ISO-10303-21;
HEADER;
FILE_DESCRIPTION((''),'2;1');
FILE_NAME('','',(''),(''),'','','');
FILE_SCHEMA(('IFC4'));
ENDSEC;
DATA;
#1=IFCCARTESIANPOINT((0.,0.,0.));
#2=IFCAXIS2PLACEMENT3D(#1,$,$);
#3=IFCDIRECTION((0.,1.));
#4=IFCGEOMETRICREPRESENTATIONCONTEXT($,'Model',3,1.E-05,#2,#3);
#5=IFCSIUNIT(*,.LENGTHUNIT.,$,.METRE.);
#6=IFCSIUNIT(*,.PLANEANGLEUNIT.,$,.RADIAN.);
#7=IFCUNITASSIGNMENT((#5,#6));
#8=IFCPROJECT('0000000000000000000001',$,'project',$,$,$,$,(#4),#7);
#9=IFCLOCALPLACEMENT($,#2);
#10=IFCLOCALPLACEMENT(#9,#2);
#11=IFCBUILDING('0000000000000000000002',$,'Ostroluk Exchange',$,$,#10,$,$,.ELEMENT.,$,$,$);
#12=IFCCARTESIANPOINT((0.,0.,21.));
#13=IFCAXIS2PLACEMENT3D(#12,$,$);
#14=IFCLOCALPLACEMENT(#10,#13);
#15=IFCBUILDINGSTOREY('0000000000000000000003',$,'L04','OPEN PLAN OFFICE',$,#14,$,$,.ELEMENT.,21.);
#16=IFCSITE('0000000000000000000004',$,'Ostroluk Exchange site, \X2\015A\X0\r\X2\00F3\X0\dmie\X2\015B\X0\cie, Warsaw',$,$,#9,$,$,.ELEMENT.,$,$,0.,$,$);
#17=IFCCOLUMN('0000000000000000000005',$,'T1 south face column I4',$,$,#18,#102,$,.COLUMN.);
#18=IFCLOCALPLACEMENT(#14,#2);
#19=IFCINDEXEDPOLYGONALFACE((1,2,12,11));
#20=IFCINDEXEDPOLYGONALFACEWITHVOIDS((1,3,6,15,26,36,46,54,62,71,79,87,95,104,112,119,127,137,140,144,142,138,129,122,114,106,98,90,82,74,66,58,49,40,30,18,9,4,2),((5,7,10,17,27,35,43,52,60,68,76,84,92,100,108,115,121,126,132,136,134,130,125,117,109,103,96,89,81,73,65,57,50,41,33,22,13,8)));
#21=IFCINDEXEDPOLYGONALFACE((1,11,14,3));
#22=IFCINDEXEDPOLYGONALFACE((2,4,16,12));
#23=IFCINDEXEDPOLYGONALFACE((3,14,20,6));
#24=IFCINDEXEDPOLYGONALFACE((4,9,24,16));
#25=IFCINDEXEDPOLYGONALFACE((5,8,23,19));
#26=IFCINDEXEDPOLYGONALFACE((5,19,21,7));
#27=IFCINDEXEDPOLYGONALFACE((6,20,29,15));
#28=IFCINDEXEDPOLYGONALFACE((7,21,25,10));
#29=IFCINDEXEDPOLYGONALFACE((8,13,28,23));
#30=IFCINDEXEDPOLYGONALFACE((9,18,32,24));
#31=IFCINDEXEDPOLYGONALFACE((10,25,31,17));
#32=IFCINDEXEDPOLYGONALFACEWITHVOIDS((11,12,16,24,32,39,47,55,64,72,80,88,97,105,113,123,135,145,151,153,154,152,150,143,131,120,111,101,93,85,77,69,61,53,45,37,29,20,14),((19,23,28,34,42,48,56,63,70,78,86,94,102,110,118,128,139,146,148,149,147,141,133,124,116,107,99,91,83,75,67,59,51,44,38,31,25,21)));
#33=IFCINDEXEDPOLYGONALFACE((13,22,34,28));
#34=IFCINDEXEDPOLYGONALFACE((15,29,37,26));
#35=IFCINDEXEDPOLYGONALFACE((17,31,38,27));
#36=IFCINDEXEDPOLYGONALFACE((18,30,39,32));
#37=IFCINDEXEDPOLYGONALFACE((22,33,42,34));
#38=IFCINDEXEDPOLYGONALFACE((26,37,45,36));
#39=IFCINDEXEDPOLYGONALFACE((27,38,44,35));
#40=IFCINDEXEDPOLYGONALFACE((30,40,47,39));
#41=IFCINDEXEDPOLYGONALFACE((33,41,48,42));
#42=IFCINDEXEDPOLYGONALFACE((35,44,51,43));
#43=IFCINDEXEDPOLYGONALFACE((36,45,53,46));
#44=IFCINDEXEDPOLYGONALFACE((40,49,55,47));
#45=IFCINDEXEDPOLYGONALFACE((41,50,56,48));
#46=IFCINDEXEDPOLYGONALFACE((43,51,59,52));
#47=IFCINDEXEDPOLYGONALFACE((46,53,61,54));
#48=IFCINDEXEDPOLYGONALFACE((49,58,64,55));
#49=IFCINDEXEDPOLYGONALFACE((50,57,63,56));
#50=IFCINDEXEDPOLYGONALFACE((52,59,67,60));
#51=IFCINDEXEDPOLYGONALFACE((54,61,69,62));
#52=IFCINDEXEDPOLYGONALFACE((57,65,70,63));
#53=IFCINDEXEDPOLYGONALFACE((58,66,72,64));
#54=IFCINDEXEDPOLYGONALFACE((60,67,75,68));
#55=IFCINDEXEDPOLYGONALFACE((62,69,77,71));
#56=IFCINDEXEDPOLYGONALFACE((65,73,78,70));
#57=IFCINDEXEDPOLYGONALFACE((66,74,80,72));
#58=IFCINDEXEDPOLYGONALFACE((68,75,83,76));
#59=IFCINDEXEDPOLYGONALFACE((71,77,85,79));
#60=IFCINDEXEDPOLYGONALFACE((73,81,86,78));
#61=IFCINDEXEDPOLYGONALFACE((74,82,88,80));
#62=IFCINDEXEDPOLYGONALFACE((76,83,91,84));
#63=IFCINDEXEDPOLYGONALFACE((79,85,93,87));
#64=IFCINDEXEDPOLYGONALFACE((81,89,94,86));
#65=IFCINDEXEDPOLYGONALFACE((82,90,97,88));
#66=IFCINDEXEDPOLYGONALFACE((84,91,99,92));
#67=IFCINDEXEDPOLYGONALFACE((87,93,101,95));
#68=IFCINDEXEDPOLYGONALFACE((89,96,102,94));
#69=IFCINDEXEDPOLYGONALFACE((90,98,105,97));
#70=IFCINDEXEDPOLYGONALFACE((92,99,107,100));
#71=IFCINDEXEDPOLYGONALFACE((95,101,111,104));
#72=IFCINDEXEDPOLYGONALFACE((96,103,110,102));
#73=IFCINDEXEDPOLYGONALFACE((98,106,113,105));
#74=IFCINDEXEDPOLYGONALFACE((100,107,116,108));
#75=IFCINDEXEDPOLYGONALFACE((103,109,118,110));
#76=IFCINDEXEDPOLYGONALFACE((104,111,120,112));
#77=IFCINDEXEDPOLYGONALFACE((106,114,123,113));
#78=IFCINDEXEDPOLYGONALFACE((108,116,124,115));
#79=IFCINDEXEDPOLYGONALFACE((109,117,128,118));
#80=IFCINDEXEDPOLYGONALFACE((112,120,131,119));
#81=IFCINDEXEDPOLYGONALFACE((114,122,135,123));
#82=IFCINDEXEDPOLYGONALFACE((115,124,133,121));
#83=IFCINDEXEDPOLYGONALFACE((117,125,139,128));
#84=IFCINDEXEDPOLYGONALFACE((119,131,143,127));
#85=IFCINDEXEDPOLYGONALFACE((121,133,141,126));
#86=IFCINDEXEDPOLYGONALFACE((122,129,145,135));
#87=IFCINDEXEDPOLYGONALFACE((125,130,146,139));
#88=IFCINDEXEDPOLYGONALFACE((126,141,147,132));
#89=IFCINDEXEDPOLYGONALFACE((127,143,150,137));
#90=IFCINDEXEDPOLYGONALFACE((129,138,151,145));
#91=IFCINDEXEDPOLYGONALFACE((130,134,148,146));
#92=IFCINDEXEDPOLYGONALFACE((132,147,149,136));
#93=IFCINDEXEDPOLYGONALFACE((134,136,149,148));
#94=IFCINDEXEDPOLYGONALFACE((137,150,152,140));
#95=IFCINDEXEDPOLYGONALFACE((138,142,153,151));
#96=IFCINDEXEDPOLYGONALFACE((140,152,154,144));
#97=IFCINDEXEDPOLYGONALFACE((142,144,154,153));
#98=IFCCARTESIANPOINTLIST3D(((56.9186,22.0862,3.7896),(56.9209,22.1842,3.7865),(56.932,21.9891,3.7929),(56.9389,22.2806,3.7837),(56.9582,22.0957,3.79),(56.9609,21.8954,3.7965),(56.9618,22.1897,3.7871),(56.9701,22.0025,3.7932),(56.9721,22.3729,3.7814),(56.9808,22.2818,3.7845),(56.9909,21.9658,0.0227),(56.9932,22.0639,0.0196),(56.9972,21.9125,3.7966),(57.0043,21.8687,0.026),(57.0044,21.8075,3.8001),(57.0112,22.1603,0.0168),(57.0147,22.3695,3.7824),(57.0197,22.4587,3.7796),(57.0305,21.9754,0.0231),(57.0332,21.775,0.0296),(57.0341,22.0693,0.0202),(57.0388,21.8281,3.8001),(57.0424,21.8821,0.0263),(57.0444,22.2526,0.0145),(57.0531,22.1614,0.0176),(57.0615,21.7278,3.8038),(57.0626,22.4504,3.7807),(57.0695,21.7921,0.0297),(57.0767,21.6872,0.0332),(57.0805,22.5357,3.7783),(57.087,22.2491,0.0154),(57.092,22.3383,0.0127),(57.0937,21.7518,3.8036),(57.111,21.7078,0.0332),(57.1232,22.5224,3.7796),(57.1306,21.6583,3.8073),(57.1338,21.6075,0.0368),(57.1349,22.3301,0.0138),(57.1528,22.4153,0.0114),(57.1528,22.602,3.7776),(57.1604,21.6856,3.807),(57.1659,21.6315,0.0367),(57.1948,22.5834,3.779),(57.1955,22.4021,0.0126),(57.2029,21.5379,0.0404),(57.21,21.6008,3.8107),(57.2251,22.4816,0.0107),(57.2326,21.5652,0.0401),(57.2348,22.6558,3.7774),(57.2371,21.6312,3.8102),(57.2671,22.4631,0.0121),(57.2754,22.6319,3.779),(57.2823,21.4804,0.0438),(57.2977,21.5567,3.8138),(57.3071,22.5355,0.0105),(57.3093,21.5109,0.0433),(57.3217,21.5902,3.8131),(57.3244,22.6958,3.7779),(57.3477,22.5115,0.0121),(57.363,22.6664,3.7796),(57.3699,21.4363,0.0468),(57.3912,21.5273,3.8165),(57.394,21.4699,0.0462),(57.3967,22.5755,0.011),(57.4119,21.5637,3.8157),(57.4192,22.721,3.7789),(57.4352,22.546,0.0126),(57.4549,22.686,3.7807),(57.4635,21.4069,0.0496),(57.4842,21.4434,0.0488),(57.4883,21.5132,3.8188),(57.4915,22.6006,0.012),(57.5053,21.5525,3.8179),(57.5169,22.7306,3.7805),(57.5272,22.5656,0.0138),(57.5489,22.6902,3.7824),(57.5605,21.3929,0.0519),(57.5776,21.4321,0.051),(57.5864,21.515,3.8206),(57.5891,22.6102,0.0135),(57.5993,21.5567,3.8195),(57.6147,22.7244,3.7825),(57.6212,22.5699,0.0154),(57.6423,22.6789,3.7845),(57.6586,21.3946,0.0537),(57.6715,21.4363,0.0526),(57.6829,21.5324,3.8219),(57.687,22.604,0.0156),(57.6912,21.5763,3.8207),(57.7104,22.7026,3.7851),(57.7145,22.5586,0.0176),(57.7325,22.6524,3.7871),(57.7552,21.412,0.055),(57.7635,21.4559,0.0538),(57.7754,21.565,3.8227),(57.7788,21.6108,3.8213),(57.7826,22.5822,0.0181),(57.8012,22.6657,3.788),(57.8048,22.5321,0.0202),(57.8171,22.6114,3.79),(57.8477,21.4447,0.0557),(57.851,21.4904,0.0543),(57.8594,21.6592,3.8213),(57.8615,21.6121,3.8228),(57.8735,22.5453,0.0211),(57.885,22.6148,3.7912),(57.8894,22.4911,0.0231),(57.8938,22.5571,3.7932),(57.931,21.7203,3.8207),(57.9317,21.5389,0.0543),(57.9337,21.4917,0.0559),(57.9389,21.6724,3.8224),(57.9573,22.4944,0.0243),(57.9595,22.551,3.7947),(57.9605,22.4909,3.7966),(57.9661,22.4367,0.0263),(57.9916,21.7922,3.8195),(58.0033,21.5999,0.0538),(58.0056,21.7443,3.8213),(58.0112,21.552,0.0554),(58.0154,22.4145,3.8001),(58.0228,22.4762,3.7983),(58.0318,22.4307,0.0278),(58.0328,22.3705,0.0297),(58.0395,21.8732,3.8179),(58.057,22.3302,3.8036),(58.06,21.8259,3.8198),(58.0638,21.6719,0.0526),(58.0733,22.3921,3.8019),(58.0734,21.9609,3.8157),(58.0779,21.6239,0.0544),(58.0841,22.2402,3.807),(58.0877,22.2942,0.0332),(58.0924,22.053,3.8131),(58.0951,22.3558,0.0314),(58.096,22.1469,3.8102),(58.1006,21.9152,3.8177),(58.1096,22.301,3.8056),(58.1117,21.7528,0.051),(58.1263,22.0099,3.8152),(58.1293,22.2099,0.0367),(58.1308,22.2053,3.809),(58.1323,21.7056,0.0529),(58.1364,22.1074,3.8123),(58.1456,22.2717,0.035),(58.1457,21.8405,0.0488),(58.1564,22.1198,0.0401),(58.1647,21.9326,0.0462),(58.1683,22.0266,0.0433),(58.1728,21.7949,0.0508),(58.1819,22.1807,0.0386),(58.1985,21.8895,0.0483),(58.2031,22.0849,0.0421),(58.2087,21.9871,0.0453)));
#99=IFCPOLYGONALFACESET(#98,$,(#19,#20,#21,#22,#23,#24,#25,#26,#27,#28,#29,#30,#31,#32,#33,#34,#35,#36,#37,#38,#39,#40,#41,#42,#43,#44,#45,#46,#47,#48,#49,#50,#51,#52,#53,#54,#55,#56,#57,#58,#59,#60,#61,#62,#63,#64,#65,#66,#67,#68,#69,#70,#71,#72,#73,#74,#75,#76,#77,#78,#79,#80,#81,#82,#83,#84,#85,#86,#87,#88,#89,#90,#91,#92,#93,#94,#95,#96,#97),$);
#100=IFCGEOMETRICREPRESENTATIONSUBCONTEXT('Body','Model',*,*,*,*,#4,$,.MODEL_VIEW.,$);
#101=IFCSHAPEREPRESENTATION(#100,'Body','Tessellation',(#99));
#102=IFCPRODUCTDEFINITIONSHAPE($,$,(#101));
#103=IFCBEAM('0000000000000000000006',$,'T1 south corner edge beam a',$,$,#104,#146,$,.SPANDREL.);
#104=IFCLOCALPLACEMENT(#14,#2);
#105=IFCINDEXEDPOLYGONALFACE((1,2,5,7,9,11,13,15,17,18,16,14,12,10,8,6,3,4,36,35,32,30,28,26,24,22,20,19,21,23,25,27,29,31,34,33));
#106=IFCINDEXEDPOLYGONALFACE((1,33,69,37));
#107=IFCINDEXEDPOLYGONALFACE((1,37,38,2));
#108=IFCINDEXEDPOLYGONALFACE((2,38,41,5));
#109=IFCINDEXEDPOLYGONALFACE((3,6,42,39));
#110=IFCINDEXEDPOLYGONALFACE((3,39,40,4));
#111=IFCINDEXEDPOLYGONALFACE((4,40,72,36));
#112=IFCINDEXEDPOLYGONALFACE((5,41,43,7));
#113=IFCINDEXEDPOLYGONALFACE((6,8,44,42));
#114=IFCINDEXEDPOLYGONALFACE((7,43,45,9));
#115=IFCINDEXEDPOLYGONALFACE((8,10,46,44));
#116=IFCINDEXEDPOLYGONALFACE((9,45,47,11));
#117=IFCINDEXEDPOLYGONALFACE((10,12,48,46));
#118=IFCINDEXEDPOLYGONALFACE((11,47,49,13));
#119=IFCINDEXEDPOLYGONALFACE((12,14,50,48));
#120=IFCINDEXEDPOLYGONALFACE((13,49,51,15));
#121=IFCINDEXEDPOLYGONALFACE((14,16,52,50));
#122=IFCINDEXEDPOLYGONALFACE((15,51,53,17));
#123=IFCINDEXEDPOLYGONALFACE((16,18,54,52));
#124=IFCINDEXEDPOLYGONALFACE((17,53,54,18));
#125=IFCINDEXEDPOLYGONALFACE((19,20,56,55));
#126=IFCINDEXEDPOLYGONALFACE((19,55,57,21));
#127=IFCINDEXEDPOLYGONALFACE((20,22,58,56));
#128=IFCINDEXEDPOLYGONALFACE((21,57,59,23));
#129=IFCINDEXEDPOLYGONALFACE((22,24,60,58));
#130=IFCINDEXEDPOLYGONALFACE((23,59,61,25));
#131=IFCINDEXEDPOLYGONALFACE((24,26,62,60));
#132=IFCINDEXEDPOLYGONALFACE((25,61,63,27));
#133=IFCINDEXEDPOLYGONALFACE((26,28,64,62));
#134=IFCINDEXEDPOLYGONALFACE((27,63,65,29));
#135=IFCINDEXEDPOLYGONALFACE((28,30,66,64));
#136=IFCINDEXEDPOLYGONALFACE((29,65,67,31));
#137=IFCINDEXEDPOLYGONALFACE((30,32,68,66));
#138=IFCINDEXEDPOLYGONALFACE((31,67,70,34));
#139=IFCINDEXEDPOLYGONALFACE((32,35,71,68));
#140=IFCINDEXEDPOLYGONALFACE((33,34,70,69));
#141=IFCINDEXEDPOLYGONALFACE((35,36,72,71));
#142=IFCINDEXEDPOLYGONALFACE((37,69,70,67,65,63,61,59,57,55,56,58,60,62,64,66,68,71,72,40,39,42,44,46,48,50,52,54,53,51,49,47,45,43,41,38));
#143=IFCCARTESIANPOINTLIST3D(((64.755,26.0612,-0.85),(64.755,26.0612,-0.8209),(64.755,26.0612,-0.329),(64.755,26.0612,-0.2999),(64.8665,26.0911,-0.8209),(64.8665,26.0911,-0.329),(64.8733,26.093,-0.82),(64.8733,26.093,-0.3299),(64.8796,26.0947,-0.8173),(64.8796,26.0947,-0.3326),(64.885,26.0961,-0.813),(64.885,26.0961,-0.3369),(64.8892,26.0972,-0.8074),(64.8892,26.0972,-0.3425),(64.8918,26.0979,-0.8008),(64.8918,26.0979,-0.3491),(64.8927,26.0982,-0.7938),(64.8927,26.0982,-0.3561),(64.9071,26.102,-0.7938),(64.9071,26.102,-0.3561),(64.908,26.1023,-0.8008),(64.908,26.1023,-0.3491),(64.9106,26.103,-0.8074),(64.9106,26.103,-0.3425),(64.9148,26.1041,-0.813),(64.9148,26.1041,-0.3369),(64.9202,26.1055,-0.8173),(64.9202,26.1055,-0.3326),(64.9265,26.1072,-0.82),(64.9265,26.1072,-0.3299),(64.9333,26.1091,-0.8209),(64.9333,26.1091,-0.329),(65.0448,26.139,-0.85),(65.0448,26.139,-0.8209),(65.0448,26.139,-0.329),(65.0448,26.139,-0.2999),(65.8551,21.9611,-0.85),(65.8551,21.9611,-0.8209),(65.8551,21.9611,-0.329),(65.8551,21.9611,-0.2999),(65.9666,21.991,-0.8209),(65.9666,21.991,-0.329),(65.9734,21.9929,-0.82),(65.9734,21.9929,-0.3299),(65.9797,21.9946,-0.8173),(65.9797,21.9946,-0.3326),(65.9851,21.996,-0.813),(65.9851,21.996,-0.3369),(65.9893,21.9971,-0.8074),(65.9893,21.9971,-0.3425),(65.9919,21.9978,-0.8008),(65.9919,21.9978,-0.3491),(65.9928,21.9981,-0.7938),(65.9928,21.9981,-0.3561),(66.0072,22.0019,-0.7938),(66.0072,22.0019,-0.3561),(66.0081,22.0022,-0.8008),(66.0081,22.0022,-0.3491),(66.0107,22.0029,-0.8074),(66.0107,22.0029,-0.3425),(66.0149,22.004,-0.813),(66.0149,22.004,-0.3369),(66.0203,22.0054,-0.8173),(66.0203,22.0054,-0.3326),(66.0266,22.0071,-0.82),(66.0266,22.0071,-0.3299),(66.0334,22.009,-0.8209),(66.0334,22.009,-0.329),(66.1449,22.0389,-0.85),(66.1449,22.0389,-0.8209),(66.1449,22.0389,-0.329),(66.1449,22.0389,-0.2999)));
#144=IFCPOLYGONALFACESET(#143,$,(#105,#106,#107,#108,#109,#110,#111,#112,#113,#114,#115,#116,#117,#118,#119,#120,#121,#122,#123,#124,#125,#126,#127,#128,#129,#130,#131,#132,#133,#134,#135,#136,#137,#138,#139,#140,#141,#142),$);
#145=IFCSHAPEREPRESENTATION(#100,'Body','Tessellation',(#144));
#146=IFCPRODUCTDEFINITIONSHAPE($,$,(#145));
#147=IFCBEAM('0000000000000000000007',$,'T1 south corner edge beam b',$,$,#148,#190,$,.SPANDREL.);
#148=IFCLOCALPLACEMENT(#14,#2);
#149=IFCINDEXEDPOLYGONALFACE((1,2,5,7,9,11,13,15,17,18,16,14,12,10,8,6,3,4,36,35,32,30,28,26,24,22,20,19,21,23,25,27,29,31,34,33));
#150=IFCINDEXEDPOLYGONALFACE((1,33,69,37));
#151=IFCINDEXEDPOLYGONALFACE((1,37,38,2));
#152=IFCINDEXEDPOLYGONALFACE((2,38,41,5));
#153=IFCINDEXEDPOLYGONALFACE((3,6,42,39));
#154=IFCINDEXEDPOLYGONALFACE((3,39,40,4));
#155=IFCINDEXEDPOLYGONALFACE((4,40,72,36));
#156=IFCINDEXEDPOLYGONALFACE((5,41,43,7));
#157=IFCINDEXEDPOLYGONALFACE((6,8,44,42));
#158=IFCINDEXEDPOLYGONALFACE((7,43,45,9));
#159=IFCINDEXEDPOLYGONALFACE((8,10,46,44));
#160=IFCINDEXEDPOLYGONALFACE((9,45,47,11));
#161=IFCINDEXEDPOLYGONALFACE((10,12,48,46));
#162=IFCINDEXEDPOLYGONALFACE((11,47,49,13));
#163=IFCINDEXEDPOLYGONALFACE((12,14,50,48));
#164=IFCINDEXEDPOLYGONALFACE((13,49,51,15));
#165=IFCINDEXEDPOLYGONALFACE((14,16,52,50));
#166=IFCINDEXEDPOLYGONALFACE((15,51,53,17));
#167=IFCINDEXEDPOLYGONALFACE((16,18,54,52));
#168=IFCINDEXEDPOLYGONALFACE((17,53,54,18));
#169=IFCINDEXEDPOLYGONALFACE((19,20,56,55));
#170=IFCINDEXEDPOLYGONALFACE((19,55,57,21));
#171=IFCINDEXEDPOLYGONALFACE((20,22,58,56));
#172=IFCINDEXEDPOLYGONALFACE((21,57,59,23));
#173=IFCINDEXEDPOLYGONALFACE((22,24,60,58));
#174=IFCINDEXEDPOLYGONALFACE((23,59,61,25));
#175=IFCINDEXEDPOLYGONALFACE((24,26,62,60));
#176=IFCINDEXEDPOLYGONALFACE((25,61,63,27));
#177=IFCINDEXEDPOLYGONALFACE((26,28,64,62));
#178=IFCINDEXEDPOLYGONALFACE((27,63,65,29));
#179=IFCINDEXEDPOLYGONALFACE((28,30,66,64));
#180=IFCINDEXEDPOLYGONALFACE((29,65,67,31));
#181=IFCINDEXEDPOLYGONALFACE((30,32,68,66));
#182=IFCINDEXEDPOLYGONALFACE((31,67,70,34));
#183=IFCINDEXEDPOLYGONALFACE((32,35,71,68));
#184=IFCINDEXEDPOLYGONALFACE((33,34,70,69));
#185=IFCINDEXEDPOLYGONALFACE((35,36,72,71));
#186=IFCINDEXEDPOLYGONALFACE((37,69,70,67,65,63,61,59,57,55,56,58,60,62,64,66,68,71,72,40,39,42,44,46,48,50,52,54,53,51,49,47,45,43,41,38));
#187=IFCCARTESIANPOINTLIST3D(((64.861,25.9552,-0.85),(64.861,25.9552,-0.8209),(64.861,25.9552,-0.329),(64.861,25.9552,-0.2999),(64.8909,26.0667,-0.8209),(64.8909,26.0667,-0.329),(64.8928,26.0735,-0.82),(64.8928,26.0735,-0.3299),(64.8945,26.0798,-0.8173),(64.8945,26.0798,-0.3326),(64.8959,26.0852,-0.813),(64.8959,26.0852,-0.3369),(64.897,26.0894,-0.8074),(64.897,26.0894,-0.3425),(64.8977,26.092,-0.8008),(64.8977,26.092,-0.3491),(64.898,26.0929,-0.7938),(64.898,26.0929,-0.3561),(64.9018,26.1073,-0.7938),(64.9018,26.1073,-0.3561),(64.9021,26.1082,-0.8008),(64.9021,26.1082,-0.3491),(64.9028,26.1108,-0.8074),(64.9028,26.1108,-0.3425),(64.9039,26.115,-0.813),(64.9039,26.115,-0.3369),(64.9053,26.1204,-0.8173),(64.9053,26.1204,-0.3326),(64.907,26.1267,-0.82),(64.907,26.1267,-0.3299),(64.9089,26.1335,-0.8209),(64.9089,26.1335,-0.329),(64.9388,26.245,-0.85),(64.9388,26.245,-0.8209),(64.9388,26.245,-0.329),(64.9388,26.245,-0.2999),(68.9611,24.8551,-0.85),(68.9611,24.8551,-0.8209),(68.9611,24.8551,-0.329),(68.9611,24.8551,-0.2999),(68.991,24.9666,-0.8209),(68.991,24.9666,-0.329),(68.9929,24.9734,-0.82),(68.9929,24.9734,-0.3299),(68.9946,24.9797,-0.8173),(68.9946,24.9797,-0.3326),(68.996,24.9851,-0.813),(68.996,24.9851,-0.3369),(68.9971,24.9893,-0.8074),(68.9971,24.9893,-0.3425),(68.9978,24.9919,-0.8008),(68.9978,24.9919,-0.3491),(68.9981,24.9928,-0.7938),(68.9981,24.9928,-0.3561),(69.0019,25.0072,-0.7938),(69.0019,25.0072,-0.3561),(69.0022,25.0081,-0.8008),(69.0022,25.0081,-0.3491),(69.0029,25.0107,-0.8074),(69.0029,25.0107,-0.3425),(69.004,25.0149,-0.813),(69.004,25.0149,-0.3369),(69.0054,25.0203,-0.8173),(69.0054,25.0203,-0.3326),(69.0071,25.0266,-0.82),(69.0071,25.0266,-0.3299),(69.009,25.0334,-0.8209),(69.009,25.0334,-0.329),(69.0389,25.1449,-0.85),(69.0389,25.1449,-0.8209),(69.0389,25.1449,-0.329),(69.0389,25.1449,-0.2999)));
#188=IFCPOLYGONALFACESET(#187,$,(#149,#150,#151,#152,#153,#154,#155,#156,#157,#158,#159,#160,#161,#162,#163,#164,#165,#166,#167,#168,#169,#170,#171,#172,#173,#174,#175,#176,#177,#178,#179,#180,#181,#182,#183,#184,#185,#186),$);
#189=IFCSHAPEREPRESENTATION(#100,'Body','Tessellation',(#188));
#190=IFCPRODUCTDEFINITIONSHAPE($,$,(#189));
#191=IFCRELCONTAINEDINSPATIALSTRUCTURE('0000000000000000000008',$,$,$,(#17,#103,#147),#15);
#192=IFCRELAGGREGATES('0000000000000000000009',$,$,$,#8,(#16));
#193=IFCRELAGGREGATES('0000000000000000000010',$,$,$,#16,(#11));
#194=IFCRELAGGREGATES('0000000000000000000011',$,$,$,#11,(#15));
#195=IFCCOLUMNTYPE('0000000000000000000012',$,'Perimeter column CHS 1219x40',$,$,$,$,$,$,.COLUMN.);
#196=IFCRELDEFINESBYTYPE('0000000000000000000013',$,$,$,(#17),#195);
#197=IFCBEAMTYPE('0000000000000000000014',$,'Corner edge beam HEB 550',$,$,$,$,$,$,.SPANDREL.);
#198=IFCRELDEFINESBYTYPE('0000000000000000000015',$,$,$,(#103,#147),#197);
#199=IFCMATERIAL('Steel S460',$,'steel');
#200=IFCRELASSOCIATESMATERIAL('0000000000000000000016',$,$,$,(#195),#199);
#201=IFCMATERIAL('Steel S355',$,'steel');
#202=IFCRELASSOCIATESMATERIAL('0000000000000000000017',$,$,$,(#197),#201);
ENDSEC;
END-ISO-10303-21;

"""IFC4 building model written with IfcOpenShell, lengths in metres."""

from ifc_helpers import new_model, si_unit, direction, frame, origin, origin_2d, place, context, subcontext, project, spatial, hollow_circle, i_section, extrude, material, material_profile, profile_set, type_object, element, save


model = new_model("IFC4")

# Units and contexts
model_context = context("Model", 3, precision=1e-05, world=origin(), true_north=direction((0.0, 1.0)))
body_context = subcontext(model_context, "Body", "Model", "MODEL_VIEW")
ifc_project = project(units=[si_unit("LENGTHUNIT", "METRE"), si_unit("PLANEANGLEUNIT", "RADIAN")], contexts=[model_context])

# Site, building, storey
site_placement = place(None, origin())
site = spatial("IfcSite", under=ifc_project, at=site_placement, Name="Ostroluk Exchange site, Śródmieście, Warsaw", CompositionType="ELEMENT", RefElevation=0.0)
building_placement = place(site_placement, origin())
building = spatial("IfcBuilding", under=site, at=building_placement, Name="Ostroluk Exchange", CompositionType="ELEMENT")
storey_placement = place(building_placement, frame((0.0, 0.0, 21.0)))
storey = spatial("IfcBuildingStorey", under=building, at=storey_placement, Name="L04", Description="OPEN PLAN OFFICE", CompositionType="ELEMENT", Elevation=21.0)

# Column
ifc_material_1 = material(Name="Steel S460", Category="steel")
ifc_material_profile_1 = material_profile(ifc_material_1, hollow_circle(Radius=0.6096, WallThickness=0.04, at=origin_2d()), Name="CHS 1219x40")
ifc_profile_set_1 = profile_set([ifc_material_profile_1], Name="Steel S460")
column_type_1 = type_object("IfcColumnType", Name="Perimeter column CHS 1219x40", PredefinedType="COLUMN", material=ifc_profile_set_1)
column_1_placement = place(storey_placement, frame((57.5994, 22.001, 0.0332), z_axis=(-0.019171, 0.031931, 0.999306), x_axis=(-0.857339, -0.514751, 0.0)))
element("IfcColumn", 1, at=column_1_placement, inside=storey, type_object=column_type_1, Name="T1 south face column I4", PredefinedType="COLUMN", context=body_context, shape_type="SweptSolid", body=[
    extrude(hollow_circle(Radius=0.6096, WallThickness=0.04, at=origin_2d()), origin(), (0.0, 0.0, 1.0), 3.7695),
])

# Beams
ifc_material_2 = material(Name="Steel S355", Category="steel")
ifc_material_profile_2 = material_profile(ifc_material_2, i_section(OverallWidth=0.3, OverallDepth=0.55, WebThickness=0.0149, FlangeThickness=0.0291, FilletRadius=0.0271, at=origin_2d()), Name="HEB 550")
ifc_profile_set_2 = profile_set([ifc_material_profile_2], Name="Steel S355")
beam_type_1 = type_object("IfcBeamType", Name="Corner edge beam HEB 550", PredefinedType="SPANDREL", material=ifc_profile_set_2)
for number, where, z_axis, x_axis, name in (
    (2, (64.8999, 26.1001, -0.575), (0.259144, -0.965839, 0.0), (0.965839, 0.259144, 0.0), "T1 south corner edge beam a"),
    (3, (64.8999, 26.1001, -0.575), (0.965839, -0.259144, 0.0), (0.259144, 0.965839, 0.0), "T1 south corner edge beam b"),
):
    element("IfcBeam", number, at=place(storey_placement, frame(where, z_axis=z_axis, x_axis=x_axis)), inside=storey, type_object=beam_type_1, Name=name, PredefinedType="SPANDREL", context=body_context, shape_type="SweptSolid", body=[
        extrude(i_section(OverallWidth=0.3, OverallDepth=0.55, WebThickness=0.0149, FlangeThickness=0.0291, FilletRadius=0.0271, at=origin_2d()), origin(), (0.0, 0.0, 1.0), 4.2451),
    ])

save(model, "model.ifc")
